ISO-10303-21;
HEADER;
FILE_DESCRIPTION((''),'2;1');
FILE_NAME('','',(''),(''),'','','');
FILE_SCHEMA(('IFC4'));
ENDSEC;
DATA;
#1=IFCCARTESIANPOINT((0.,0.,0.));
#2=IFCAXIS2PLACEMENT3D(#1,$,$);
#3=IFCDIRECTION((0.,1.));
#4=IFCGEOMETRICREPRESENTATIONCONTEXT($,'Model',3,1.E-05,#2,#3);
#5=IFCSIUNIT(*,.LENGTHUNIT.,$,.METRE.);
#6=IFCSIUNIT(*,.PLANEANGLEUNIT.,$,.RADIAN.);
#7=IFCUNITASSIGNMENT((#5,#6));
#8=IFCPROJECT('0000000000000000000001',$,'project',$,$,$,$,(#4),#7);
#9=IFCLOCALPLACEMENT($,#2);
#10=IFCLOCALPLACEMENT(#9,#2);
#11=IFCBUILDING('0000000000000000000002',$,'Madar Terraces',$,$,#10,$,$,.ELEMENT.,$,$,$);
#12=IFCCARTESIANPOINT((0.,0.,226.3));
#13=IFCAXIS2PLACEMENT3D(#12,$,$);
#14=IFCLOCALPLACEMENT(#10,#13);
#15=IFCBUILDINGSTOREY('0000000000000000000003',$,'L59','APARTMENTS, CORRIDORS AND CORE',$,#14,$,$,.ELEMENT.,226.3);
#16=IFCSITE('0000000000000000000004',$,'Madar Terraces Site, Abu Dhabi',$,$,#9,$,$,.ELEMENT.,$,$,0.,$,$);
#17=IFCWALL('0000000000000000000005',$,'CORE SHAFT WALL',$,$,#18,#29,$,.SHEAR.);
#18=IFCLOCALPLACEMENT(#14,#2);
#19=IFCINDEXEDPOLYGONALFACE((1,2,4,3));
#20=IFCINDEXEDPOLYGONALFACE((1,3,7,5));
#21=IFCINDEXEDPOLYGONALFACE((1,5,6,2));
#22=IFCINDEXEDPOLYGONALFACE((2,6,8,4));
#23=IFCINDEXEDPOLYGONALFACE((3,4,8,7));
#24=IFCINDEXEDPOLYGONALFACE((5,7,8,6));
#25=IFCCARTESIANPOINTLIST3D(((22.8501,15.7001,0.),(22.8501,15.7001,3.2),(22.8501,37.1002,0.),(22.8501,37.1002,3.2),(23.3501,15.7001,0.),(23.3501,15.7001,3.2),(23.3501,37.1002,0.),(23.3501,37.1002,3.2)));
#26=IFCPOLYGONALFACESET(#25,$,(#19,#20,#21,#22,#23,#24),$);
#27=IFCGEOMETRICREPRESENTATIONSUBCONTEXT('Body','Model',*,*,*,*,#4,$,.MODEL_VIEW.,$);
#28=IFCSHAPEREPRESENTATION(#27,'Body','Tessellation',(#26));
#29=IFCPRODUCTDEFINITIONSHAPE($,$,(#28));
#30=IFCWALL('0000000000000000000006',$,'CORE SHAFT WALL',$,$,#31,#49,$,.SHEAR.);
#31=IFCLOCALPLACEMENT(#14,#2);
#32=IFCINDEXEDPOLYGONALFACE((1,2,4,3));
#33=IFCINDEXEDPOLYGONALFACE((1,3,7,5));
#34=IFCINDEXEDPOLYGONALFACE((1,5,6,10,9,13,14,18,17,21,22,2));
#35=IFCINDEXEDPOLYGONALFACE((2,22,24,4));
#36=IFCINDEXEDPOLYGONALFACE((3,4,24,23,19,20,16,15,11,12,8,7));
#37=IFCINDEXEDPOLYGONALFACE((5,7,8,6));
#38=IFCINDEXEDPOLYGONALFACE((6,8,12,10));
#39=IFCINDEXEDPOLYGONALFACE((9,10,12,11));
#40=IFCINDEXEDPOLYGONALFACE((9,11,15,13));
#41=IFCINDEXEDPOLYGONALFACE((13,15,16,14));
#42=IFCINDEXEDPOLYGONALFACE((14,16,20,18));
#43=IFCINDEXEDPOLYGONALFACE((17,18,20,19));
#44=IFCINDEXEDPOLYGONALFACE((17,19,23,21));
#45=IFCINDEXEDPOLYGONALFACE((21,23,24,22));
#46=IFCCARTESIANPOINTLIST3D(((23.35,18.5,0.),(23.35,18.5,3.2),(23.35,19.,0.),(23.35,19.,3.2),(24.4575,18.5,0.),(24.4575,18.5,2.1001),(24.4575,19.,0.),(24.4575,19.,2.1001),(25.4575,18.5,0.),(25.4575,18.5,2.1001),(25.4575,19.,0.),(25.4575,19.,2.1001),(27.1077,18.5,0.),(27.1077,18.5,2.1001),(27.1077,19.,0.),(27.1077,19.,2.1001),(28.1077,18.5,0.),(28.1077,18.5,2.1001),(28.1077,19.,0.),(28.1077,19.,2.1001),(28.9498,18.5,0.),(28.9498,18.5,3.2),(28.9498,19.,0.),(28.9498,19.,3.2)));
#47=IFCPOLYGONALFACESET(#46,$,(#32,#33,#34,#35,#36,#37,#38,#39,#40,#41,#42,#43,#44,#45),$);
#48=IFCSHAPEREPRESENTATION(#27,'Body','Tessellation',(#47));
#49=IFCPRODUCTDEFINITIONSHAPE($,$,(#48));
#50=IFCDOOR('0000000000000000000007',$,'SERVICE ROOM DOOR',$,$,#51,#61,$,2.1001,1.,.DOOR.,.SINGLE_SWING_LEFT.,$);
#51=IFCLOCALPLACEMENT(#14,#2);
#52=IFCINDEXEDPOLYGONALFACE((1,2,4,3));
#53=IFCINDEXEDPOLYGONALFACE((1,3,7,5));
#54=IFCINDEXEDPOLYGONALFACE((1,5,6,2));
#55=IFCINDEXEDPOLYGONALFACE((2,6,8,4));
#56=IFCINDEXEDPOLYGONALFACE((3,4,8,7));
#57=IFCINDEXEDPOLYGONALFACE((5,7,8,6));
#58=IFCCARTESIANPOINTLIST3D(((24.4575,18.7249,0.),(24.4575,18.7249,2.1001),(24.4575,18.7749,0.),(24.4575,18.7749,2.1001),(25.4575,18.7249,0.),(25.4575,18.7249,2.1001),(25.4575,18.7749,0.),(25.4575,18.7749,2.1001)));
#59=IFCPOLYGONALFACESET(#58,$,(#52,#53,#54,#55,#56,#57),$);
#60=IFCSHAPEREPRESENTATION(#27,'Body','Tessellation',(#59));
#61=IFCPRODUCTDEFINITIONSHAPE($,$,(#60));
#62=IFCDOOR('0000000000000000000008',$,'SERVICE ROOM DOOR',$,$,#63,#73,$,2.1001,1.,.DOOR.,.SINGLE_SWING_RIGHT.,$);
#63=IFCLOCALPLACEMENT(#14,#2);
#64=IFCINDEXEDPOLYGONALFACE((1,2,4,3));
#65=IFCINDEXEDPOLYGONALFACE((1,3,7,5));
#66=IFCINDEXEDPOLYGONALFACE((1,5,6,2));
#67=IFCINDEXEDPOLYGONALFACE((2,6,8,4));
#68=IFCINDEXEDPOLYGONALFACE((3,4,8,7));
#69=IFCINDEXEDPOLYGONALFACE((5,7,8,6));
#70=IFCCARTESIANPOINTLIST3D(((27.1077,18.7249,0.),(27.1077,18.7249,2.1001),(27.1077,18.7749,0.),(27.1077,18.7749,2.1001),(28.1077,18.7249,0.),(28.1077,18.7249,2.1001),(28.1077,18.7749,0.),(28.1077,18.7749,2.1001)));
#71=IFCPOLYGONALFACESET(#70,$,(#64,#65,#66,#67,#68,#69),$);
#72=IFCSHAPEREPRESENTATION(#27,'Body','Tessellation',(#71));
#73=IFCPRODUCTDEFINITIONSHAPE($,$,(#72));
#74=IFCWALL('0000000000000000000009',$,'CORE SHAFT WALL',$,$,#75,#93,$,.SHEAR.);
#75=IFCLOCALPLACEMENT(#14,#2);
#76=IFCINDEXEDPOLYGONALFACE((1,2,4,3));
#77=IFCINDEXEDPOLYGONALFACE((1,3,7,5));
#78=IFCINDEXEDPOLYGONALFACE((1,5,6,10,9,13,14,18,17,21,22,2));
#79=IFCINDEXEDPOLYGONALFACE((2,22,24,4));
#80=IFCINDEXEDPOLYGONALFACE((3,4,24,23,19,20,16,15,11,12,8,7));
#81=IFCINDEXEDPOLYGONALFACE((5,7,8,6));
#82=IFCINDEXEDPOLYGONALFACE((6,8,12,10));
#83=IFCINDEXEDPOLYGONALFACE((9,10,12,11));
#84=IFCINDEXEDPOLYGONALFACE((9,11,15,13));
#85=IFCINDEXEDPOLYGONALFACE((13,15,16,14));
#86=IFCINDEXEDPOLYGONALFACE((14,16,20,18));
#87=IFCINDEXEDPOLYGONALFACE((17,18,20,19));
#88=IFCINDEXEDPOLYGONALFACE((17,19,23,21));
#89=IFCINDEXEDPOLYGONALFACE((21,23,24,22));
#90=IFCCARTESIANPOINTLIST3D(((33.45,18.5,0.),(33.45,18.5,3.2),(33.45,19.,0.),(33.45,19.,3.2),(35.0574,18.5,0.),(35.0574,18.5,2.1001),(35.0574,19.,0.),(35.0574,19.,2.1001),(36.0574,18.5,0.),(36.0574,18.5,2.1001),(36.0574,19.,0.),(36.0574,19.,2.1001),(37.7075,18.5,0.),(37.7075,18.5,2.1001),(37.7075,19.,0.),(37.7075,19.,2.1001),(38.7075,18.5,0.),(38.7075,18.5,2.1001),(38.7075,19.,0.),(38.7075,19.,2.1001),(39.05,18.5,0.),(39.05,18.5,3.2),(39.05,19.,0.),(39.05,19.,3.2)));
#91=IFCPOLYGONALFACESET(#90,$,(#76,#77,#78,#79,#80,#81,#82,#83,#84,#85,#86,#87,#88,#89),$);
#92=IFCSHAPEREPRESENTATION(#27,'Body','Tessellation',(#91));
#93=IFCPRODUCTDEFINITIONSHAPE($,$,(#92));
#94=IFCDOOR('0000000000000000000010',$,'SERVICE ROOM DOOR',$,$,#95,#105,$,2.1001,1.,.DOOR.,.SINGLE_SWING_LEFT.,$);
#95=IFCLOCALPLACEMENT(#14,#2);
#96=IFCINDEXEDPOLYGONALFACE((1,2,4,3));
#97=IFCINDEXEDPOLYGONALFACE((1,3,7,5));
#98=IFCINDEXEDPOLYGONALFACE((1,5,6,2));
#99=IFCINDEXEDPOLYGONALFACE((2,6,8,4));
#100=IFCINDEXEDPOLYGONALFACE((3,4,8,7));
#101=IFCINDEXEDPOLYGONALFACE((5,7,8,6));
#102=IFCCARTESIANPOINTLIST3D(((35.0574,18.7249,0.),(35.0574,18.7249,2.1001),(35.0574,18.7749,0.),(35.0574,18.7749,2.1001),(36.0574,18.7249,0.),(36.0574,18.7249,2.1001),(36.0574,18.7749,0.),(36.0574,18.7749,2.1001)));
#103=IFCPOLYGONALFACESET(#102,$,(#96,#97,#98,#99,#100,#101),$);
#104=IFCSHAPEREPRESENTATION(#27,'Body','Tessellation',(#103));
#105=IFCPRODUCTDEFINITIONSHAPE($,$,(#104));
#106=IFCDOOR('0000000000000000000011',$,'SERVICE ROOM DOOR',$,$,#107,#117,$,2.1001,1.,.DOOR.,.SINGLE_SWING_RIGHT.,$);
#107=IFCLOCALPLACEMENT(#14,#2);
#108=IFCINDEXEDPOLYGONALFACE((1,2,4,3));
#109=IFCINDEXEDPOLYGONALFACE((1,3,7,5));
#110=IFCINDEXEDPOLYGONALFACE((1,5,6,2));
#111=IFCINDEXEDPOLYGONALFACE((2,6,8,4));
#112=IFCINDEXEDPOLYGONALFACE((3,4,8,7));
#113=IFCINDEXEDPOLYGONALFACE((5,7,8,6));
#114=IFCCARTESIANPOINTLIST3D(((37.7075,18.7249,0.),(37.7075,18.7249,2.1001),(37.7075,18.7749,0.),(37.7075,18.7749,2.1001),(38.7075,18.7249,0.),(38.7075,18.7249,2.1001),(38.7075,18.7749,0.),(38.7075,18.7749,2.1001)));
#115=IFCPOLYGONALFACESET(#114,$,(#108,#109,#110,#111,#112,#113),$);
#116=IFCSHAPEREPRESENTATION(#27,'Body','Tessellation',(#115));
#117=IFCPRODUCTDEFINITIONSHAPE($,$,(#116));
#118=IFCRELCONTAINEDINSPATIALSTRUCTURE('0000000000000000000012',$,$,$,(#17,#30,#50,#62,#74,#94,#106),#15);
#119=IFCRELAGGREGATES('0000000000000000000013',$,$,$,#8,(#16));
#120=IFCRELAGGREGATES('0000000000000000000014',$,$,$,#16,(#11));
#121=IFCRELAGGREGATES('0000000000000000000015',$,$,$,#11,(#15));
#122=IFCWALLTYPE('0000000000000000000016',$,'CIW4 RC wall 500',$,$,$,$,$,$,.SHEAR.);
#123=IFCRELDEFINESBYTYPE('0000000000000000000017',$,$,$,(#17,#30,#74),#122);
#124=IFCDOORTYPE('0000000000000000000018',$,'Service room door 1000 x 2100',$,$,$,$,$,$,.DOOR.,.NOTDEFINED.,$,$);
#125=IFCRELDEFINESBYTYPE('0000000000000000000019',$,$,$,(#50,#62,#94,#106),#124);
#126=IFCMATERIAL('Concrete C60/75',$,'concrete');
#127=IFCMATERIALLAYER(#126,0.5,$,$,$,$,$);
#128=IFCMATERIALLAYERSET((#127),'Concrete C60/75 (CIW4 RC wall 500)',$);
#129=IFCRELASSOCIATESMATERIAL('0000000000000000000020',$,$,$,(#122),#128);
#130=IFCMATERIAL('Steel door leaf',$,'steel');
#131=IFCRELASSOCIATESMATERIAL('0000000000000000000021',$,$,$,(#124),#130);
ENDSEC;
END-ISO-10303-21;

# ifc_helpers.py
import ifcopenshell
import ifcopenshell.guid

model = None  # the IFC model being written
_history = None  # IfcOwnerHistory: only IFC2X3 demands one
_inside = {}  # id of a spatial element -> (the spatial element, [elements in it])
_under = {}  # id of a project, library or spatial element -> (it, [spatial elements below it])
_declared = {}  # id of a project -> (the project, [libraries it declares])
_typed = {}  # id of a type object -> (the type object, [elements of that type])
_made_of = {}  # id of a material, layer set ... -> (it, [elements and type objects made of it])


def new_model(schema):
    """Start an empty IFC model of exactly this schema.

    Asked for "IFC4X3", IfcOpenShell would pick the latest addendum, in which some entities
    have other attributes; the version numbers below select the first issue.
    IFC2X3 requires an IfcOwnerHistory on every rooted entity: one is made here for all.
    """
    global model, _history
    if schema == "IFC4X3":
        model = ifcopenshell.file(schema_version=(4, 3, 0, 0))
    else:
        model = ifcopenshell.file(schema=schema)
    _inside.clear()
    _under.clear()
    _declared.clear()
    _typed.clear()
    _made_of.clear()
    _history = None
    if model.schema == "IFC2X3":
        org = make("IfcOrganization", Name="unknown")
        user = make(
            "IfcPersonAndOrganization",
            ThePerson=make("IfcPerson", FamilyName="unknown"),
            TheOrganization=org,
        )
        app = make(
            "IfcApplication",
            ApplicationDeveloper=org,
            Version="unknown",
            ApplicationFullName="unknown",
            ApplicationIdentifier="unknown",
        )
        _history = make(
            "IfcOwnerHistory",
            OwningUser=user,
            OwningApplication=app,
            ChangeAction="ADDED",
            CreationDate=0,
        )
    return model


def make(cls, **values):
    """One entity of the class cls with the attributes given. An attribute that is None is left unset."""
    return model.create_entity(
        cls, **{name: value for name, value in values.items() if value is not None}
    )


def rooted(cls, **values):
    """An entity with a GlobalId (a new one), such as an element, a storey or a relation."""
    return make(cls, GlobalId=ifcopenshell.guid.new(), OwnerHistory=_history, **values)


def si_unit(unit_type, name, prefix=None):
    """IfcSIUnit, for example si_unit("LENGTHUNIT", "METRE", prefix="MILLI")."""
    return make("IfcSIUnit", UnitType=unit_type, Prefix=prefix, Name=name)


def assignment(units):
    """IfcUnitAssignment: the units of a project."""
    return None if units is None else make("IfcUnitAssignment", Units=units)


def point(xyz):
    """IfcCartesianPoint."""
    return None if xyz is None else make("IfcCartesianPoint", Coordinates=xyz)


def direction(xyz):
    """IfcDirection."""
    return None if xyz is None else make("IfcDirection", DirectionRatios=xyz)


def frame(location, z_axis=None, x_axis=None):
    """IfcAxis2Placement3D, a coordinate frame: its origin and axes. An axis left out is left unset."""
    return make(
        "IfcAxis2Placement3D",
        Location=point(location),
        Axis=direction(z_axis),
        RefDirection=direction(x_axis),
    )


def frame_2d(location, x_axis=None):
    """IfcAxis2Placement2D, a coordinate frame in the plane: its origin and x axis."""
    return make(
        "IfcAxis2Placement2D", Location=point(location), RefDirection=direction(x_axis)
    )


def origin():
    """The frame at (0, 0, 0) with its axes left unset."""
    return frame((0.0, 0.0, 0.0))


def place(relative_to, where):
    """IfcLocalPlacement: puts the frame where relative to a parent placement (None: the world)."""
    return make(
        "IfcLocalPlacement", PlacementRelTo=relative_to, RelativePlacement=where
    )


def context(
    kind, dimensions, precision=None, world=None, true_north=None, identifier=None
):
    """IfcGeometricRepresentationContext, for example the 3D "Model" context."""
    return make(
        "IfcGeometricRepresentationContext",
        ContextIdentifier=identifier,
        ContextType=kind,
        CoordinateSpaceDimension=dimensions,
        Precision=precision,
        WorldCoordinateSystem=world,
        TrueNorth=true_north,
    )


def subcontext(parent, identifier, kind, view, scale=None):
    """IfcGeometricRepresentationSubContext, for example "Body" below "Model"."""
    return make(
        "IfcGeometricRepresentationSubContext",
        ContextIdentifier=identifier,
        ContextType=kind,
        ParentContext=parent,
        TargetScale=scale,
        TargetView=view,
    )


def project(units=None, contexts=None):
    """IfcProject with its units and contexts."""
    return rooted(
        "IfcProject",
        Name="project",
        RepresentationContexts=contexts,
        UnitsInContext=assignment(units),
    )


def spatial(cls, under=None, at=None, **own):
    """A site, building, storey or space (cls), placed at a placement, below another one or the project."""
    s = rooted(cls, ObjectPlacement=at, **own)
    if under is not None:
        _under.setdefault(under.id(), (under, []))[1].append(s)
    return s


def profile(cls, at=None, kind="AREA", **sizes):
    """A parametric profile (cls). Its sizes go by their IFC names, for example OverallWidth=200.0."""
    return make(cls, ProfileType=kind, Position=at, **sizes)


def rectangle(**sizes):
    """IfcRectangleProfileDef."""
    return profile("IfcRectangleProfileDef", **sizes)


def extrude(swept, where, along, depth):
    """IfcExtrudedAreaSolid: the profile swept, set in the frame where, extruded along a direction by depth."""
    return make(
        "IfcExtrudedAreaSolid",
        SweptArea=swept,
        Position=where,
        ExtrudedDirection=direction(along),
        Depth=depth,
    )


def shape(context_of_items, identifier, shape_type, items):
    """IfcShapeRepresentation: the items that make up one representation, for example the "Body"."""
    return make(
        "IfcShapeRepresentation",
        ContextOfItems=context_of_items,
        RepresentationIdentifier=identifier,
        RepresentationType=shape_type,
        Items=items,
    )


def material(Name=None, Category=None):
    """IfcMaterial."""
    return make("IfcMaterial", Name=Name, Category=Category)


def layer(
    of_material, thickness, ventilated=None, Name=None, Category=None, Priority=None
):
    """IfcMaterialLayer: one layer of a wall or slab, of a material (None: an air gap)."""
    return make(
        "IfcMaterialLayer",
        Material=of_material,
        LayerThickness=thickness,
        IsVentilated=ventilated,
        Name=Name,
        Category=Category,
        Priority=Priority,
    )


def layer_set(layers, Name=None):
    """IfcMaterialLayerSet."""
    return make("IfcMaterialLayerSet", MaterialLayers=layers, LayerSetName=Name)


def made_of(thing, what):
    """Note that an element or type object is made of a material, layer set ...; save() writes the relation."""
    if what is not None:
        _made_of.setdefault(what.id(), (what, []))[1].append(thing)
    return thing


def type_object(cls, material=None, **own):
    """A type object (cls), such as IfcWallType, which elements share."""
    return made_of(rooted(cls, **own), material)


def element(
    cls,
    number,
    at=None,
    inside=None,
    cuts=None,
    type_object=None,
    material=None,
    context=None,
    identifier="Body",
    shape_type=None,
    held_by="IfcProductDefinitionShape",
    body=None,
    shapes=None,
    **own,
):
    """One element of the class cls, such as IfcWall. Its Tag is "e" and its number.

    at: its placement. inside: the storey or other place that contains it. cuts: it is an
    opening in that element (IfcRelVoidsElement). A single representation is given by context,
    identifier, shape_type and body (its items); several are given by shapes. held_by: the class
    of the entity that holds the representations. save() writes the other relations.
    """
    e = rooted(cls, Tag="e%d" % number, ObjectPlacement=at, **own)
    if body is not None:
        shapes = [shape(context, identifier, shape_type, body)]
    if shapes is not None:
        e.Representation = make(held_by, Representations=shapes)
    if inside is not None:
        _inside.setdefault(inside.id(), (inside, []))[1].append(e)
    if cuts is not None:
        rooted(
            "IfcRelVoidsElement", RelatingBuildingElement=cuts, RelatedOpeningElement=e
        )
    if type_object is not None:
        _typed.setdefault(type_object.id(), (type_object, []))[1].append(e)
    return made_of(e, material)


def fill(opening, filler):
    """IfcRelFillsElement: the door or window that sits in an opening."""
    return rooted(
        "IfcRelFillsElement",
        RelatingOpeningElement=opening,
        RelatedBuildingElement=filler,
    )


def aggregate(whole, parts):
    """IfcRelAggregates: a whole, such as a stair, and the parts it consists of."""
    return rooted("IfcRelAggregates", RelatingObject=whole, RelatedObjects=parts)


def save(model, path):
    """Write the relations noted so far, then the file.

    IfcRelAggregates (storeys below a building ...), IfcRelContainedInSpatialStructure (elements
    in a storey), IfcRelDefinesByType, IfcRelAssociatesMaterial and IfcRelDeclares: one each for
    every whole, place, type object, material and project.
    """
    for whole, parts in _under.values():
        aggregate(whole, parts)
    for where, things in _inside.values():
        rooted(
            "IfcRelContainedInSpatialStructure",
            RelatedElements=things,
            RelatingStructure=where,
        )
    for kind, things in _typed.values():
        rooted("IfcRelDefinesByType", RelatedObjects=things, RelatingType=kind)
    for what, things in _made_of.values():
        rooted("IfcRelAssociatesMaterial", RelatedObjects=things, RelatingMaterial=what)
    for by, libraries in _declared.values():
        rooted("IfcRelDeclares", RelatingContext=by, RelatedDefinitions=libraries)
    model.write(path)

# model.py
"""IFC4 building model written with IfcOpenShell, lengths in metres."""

from ifc_helpers import new_model, si_unit, direction, frame, frame_2d, origin, place, context, subcontext, project, spatial, rectangle, extrude, material, layer, layer_set, type_object, element, fill, save


model = new_model("IFC4")

# Units and contexts
model_context = context("Model", 3, precision=1e-05, world=origin(), true_north=direction((0.0, 1.0)))
body_context = subcontext(model_context, "Body", "Model", "MODEL_VIEW")
ifc_project = project(units=[si_unit("LENGTHUNIT", "METRE"), si_unit("PLANEANGLEUNIT", "RADIAN")], contexts=[model_context])

# Site, building, storey
site_placement = place(None, origin())
site = spatial("IfcSite", under=ifc_project, at=site_placement, Name="Madar Terraces Site, Abu Dhabi", CompositionType="ELEMENT", RefElevation=0.0)
building_placement = place(site_placement, origin())
building = spatial("IfcBuilding", under=site, at=building_placement, Name="Madar Terraces", CompositionType="ELEMENT")
storey_placement = place(building_placement, frame((0.0, 0.0, 226.3)))
storey = spatial("IfcBuildingStorey", under=building, at=storey_placement, Name="L59", Description="APARTMENTS, CORRIDORS AND CORE", CompositionType="ELEMENT", Elevation=226.3)

# Wall
ifc_material_1 = material(Name="Concrete C60/75", Category="concrete")
ifc_layer_1 = layer(ifc_material_1, 0.5)
ifc_layer_set_1 = layer_set([ifc_layer_1], Name="Concrete C60/75 (CIW4 RC wall 500)")
wall_type_1 = type_object("IfcWallType", Name="CIW4 RC wall 500", PredefinedType="SHEAR", material=ifc_layer_set_1)
wall_1_placement = place(storey_placement, frame((23.1001, 15.7, 0.0), z_axis=(0.0, 0.0, 1.0), x_axis=(0.0, 1.0, 0.0)))
element("IfcWall", 1, at=wall_1_placement, inside=storey, type_object=wall_type_1, Name="CORE SHAFT WALL", PredefinedType="SHEAR", context=body_context, shape_type="SweptSolid", body=[
    extrude(rectangle(XDim=21.4001, YDim=0.5, at=frame_2d((10.7002, 0.0))), origin(), (0.0, 0.0, 1.0), 3.2),
])

# Walls, openings, doors
wall_2_placement = place(storey_placement, frame((23.3501, 18.75, 0.0), z_axis=(0.0, 0.0, 1.0), x_axis=(1.0, 0.0, 0.0)))
wall_2 = element("IfcWall", 2, at=wall_2_placement, inside=storey, type_object=wall_type_1, Name="CORE SHAFT WALL", PredefinedType="SHEAR", context=body_context, shape_type="SweptSolid", body=[
    extrude(rectangle(XDim=5.5999, YDim=0.5, at=frame_2d((2.7998, 0.0))), origin(), (0.0, 0.0, 1.0), 3.2),
])
opening_1_placement = place(wall_2_placement, frame((1.1074, 0.0, 0.0)))
opening_1 = element("IfcOpeningElement", 3, at=opening_1_placement, cuts=wall_2, PredefinedType="OPENING", context=body_context, shape_type="SweptSolid", body=[
    extrude(rectangle(XDim=1.0, YDim=2.1001, at=frame_2d((0.5, 1.05))), frame((0.0, 0.26, 0.0), z_axis=(0.0, -1.0, 0.0), x_axis=(1.0, 0.0, 0.0)), (0.0, 0.0, 1.0), 0.52),
])
opening_2_placement = place(wall_2_placement, frame((3.7576, 0.0, 0.0)))
opening_2 = element("IfcOpeningElement", 4, at=opening_2_placement, cuts=wall_2, PredefinedType="OPENING", context=body_context, shape_type="SweptSolid", body=[
    extrude(rectangle(XDim=1.0, YDim=2.1001, at=frame_2d((0.5, 1.05))), frame((0.0, 0.26, 0.0), z_axis=(0.0, -1.0, 0.0), x_axis=(1.0, 0.0, 0.0)), (0.0, 0.0, 1.0), 0.52),
])
ifc_material_2 = material(Name="Steel door leaf", Category="steel")
door_type = type_object("IfcDoorType", Name="Service room door 1000 x 2100", OperationType="NOTDEFINED", PredefinedType="DOOR", material=ifc_material_2)
door_1_placement = place(opening_1_placement, origin())
door_1 = element("IfcDoor", 5, at=door_1_placement, inside=storey, type_object=door_type, Name="SERVICE ROOM DOOR", OperationType="SINGLE_SWING_LEFT", OverallHeight=2.1001, OverallWidth=1.0, PredefinedType="DOOR", context=body_context, shape_type="SweptSolid", body=[
    extrude(rectangle(XDim=1.0, YDim=2.1001, at=frame_2d((0.5, 1.05))), frame((0.0, 0.0249, 0.0), z_axis=(0.0, -1.0, 0.0), x_axis=(1.0, 0.0, 0.0)), (0.0, 0.0, 1.0), 0.05),
])
fill(opening_1, door_1)
door_2_placement = place(opening_2_placement, origin())
door_2 = element("IfcDoor", 6, at=door_2_placement, inside=storey, type_object=door_type, Name="SERVICE ROOM DOOR", OperationType="SINGLE_SWING_RIGHT", OverallHeight=2.1001, OverallWidth=1.0, PredefinedType="DOOR", context=body_context, shape_type="SweptSolid", body=[
    extrude(rectangle(XDim=1.0, YDim=2.1001, at=frame_2d((0.5, 1.05))), frame((0.0, 0.0249, 0.0), z_axis=(0.0, -1.0, 0.0), x_axis=(1.0, 0.0, 0.0)), (0.0, 0.0, 1.0), 0.05),
])
fill(opening_2, door_2)
wall_3_placement = place(storey_placement, frame((33.45, 18.75, 0.0), z_axis=(0.0, 0.0, 1.0), x_axis=(1.0, 0.0, 0.0)))
wall_3 = element("IfcWall", 7, at=wall_3_placement, inside=storey, type_object=wall_type_1, Name="CORE SHAFT WALL", PredefinedType="SHEAR", context=body_context, shape_type="SweptSolid", body=[
    extrude(rectangle(XDim=5.6001, YDim=0.5, at=frame_2d((2.8, 0.0))), origin(), (0.0, 0.0, 1.0), 3.2),
])
opening_3_placement = place(wall_3_placement, frame((1.6074, 0.0, 0.0)))
opening_3 = element("IfcOpeningElement", 8, at=opening_3_placement, cuts=wall_3, PredefinedType="OPENING", context=body_context, shape_type="SweptSolid", body=[
    extrude(rectangle(XDim=1.0, YDim=2.1001, at=frame_2d((0.5, 1.05))), frame((0.0, 0.26, 0.0), z_axis=(0.0, -1.0, 0.0), x_axis=(1.0, 0.0, 0.0)), (0.0, 0.0, 1.0), 0.52),
])
opening_4_placement = place(wall_3_placement, frame((4.2576, 0.0, 0.0)))
opening_4 = element("IfcOpeningElement", 9, at=opening_4_placement, cuts=wall_3, PredefinedType="OPENING", context=body_context, shape_type="SweptSolid", body=[
    extrude(rectangle(XDim=1.0, YDim=2.1001, at=frame_2d((0.5, 1.05))), frame((0.0, 0.26, 0.0), z_axis=(0.0, -1.0, 0.0), x_axis=(1.0, 0.0, 0.0)), (0.0, 0.0, 1.0), 0.52),
])
door_3_placement = place(opening_3_placement, origin())
door_3 = element("IfcDoor", 10, at=door_3_placement, inside=storey, type_object=door_type, Name="SERVICE ROOM DOOR", OperationType="SINGLE_SWING_LEFT", OverallHeight=2.1001, OverallWidth=1.0, PredefinedType="DOOR", context=body_context, shape_type="SweptSolid", body=[
    extrude(rectangle(XDim=1.0, YDim=2.1001, at=frame_2d((0.5, 1.05))), frame((0.0, 0.0249, 0.0), z_axis=(0.0, -1.0, 0.0), x_axis=(1.0, 0.0, 0.0)), (0.0, 0.0, 1.0), 0.05),
])
fill(opening_3, door_3)
door_4_placement = place(opening_4_placement, origin())
door_4 = element("IfcDoor", 11, at=door_4_placement, inside=storey, type_object=door_type, Name="SERVICE ROOM DOOR", OperationType="SINGLE_SWING_RIGHT", OverallHeight=2.1001, OverallWidth=1.0, PredefinedType="DOOR", context=body_context, shape_type="SweptSolid", body=[
    extrude(rectangle(XDim=1.0, YDim=2.1001, at=frame_2d((0.5, 1.05))), frame((0.0, 0.0249, 0.0), z_axis=(0.0, -1.0, 0.0), x_axis=(1.0, 0.0, 0.0)), (0.0, 0.0, 1.0), 0.05),
])
fill(opening_4, door_4)

save(model, "model.ifc")
